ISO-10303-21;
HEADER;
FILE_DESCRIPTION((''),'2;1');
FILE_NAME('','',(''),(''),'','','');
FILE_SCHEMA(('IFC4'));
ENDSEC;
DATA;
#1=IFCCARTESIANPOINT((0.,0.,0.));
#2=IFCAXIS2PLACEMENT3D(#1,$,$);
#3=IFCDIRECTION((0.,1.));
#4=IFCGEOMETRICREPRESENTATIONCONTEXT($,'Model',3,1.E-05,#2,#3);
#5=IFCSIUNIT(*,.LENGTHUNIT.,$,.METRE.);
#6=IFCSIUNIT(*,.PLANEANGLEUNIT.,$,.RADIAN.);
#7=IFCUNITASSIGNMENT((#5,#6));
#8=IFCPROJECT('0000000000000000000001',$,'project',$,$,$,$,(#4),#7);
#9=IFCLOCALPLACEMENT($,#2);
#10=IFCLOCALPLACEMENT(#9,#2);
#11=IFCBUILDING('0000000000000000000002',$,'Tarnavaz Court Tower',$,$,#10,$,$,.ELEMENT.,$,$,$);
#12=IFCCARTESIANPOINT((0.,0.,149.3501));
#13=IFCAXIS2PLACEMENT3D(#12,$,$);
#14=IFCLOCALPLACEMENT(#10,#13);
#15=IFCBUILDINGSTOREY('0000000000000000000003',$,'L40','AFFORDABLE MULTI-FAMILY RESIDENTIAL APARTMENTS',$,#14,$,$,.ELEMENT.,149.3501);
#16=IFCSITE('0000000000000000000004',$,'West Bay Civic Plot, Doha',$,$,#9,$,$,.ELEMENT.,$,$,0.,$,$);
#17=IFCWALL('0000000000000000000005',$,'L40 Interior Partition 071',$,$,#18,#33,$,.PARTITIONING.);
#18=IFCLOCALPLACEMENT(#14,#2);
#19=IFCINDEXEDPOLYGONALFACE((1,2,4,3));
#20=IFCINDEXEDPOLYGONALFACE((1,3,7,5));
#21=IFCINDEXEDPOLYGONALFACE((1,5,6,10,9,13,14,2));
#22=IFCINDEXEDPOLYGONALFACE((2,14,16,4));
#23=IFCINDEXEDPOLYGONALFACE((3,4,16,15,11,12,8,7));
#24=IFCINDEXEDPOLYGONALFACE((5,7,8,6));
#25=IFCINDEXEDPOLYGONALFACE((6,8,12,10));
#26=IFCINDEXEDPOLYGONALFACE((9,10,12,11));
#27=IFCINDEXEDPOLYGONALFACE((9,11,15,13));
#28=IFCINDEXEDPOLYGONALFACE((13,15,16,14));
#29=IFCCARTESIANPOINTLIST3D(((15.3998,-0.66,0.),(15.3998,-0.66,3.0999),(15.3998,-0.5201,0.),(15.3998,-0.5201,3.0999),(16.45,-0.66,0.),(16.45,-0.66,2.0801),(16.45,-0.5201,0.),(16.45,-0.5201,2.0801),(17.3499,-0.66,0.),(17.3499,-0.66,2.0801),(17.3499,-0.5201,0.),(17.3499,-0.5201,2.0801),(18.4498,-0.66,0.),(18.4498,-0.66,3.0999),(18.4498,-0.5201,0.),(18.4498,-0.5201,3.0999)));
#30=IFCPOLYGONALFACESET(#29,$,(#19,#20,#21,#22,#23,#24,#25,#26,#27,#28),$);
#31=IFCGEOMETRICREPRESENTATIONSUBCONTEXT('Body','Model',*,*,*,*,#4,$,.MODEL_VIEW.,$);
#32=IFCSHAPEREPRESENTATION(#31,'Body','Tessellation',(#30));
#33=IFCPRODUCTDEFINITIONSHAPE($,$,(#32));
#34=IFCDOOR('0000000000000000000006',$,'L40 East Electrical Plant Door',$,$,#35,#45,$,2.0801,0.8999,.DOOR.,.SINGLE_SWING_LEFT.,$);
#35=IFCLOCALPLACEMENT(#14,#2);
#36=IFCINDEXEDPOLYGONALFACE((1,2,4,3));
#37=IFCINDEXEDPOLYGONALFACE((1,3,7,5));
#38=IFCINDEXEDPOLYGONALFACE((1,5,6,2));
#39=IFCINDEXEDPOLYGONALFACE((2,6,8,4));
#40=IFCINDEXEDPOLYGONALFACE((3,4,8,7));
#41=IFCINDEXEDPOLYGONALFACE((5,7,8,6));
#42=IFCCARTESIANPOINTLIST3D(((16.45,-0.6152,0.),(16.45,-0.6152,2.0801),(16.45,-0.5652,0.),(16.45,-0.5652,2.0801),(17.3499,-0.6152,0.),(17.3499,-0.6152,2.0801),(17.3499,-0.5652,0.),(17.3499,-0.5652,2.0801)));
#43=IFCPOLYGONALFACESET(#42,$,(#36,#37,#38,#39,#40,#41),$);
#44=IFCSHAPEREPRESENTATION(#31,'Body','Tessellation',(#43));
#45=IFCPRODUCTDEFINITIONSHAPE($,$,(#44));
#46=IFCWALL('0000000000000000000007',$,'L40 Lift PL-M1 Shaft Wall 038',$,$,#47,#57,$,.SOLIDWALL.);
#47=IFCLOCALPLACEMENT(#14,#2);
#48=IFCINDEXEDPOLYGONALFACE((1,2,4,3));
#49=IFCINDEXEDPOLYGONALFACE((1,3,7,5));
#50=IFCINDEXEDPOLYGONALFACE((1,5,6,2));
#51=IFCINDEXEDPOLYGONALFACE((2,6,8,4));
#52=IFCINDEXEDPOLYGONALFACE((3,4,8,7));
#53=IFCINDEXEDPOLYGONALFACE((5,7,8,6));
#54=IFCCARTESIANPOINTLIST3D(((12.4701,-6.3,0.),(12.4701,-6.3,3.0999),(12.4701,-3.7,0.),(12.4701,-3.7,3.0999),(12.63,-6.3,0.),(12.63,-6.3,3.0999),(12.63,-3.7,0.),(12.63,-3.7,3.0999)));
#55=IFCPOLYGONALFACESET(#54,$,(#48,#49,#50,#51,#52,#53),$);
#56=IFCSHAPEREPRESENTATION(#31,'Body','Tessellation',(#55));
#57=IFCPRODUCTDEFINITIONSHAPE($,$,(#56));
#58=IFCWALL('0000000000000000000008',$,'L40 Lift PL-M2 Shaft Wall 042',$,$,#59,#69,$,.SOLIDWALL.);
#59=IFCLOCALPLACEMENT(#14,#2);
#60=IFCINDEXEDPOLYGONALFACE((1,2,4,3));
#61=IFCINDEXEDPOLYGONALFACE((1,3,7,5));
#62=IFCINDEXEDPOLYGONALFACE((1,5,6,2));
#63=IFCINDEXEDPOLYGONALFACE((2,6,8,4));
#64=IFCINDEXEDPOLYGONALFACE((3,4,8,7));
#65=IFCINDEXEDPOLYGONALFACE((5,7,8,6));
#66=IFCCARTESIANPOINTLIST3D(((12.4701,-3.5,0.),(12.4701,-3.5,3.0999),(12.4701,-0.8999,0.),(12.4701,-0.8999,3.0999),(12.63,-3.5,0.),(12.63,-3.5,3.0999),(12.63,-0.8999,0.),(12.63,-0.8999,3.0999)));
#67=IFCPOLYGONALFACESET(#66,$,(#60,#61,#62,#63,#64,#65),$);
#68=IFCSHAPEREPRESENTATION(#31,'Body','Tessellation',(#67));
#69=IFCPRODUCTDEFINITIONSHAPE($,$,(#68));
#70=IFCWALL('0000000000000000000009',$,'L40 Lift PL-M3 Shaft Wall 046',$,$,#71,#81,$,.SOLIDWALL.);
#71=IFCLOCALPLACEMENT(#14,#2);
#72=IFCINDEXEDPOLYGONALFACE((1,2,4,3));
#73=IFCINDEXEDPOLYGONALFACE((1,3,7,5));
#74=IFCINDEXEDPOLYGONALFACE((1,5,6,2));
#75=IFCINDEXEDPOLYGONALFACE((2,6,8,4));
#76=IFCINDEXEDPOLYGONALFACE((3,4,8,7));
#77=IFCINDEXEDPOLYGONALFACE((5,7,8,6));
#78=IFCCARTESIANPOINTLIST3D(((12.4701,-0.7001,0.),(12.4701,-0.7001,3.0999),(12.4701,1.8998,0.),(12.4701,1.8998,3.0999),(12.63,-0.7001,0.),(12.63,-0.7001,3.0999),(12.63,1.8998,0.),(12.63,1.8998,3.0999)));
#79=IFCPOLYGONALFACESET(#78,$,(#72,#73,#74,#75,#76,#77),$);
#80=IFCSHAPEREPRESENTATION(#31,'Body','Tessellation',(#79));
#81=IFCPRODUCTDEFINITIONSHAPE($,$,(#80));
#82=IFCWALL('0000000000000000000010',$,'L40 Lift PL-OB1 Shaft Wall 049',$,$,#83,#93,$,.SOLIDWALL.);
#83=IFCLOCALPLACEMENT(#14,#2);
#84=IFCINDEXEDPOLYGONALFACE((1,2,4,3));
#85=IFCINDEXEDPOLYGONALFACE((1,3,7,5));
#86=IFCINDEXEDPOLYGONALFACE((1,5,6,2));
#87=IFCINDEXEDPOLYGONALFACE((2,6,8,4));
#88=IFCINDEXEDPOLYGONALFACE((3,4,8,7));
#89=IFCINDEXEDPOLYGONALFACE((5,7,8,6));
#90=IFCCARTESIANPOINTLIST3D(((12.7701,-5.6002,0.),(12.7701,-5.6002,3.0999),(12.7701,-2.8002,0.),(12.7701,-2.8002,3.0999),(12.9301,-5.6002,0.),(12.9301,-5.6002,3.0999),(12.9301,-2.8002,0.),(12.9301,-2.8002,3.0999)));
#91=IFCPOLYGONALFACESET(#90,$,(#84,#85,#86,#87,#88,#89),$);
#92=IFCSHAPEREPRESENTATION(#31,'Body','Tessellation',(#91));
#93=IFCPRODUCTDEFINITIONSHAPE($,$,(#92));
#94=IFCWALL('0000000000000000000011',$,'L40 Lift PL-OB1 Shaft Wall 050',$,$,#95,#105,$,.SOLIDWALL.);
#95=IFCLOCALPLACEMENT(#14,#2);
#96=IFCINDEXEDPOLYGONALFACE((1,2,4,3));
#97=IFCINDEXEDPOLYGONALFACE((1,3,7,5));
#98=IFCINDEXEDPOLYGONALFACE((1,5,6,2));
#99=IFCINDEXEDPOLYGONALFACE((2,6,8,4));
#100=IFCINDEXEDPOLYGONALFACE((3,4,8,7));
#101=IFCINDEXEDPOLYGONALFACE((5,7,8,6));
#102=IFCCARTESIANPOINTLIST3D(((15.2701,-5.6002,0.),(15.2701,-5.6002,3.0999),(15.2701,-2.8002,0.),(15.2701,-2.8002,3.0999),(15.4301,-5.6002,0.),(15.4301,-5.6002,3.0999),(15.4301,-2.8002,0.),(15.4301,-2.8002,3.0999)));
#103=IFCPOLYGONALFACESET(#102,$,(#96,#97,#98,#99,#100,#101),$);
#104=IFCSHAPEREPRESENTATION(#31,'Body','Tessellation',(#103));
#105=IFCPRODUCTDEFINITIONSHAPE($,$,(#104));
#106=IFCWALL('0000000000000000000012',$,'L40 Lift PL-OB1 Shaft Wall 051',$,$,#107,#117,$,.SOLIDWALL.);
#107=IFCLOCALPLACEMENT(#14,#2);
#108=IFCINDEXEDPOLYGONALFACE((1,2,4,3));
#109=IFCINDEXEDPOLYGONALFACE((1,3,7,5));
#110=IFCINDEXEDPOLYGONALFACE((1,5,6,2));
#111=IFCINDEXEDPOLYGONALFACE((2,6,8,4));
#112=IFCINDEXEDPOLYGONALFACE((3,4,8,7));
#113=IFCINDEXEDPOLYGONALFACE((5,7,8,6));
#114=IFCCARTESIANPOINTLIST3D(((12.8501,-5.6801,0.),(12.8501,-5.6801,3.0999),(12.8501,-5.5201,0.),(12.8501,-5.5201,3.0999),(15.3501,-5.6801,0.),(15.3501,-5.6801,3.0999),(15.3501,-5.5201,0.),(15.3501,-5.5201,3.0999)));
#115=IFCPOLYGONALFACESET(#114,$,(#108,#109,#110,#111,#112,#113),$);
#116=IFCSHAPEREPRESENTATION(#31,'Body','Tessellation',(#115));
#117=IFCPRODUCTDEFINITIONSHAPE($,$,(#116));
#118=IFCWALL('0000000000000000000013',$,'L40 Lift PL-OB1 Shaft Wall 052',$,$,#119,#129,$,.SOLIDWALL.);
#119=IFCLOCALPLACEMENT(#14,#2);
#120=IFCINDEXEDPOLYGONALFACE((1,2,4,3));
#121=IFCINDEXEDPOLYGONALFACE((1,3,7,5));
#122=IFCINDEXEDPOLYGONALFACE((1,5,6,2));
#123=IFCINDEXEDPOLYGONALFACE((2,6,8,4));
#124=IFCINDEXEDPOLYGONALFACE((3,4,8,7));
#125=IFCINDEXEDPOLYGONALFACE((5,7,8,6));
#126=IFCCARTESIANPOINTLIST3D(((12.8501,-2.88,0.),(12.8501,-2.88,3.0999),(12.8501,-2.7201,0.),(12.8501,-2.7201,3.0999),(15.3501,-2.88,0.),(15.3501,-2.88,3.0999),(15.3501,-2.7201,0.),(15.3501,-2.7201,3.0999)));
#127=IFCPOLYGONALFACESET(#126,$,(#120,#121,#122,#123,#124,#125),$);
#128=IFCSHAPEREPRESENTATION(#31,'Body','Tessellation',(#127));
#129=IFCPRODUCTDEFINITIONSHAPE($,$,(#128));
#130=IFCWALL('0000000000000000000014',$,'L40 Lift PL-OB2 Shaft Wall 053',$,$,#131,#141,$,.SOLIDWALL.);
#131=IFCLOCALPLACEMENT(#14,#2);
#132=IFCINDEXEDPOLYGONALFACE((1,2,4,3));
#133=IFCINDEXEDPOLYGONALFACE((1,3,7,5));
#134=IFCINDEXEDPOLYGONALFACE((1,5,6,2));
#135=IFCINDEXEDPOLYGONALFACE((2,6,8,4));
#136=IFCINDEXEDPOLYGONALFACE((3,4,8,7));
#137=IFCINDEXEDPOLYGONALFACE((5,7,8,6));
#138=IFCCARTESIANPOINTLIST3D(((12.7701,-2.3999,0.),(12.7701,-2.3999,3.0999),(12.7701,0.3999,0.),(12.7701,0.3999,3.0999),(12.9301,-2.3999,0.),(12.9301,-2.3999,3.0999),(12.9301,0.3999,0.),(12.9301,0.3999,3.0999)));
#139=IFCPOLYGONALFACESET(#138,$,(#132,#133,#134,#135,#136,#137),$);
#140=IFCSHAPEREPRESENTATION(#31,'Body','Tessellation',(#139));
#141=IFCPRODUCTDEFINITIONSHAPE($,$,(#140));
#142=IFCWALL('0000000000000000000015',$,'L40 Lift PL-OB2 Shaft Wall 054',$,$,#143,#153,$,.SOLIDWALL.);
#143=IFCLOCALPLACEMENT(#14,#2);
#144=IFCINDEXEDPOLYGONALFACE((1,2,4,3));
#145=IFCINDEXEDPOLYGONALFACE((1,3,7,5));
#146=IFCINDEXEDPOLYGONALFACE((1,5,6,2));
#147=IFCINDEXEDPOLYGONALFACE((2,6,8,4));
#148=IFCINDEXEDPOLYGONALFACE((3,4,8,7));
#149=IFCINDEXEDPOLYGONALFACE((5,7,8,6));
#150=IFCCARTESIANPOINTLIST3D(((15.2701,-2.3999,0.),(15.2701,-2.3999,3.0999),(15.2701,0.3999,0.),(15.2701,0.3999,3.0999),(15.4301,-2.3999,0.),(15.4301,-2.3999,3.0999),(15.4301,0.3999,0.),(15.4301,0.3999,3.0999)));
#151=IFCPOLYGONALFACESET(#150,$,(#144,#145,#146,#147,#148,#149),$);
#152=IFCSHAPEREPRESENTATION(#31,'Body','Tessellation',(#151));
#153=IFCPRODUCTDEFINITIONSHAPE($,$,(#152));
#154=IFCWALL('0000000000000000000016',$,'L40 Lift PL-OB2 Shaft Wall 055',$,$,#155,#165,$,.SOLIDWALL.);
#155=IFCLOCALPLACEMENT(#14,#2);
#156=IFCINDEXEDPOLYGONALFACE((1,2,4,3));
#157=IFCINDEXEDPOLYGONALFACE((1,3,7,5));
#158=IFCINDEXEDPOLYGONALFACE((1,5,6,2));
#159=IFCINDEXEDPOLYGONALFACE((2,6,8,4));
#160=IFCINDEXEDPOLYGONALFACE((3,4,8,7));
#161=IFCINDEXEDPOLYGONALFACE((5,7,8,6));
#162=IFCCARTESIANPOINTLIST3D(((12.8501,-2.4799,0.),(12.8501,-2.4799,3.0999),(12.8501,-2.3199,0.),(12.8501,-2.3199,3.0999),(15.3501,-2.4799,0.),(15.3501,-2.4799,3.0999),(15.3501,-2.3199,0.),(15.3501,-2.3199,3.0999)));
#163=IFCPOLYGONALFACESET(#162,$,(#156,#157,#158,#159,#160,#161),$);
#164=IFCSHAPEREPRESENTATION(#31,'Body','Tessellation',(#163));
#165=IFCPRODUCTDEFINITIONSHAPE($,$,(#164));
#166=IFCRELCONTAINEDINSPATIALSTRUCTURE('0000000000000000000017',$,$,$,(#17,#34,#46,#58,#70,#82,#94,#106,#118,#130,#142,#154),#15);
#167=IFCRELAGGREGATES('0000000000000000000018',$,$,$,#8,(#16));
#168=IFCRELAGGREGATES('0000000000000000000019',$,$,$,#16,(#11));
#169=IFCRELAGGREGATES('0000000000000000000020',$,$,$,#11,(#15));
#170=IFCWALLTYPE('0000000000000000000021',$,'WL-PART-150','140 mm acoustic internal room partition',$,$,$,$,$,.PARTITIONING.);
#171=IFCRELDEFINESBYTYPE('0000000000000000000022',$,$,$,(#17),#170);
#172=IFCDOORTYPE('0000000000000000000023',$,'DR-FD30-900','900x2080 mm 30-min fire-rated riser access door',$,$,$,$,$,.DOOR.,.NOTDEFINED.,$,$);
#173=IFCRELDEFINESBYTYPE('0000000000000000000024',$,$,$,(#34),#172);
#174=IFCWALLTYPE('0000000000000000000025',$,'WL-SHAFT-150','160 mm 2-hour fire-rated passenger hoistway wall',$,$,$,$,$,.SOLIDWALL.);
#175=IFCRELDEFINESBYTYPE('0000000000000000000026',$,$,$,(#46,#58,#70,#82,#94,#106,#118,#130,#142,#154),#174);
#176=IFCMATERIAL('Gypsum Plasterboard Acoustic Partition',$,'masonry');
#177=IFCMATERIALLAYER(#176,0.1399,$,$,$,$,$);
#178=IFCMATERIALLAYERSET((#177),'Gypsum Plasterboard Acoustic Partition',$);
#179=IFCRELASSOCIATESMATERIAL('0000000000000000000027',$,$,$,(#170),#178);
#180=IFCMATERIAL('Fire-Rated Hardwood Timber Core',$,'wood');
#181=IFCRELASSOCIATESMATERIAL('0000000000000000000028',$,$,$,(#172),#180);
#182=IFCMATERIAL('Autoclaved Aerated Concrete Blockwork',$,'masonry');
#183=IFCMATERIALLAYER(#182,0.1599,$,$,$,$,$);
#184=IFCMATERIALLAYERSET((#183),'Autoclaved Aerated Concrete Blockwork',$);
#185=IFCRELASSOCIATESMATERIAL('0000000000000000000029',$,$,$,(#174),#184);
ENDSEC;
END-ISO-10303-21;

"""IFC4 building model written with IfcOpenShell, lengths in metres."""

from ifc_helpers import new_model, si_unit, direction, frame, frame_2d, origin, place, context, subcontext, project, spatial, rectangle, extrude, material, layer, layer_set, type_object, element, fill, save


model = new_model("IFC4")

# Units and contexts
model_context = context("Model", 3, precision=1e-05, world=origin(), true_north=direction((0.0, 1.0)))
body_context = subcontext(model_context, "Body", "Model", "MODEL_VIEW")
ifc_project = project(units=[si_unit("LENGTHUNIT", "METRE"), si_unit("PLANEANGLEUNIT", "RADIAN")], contexts=[model_context])

# Site, building, storey
site_placement = place(None, origin())
site = spatial("IfcSite", under=ifc_project, at=site_placement, Name="West Bay Civic Plot, Doha", CompositionType="ELEMENT", RefElevation=0.0)
building_placement = place(site_placement, origin())
building = spatial("IfcBuilding", under=site, at=building_placement, Name="Tarnavaz Court Tower", CompositionType="ELEMENT")
storey_placement = place(building_placement, frame((0.0, 0.0, 149.3501)))
storey = spatial("IfcBuildingStorey", under=building, at=storey_placement, Name="L40", Description="AFFORDABLE MULTI-FAMILY RESIDENTIAL APARTMENTS", CompositionType="ELEMENT", Elevation=149.3501)

# Wall, opening, door
ifc_material_1 = material(Name="Gypsum Plasterboard Acoustic Partition", Category="masonry")
ifc_layer_1 = layer(ifc_material_1, 0.1399)
ifc_layer_set_1 = layer_set([ifc_layer_1], Name="Gypsum Plasterboard Acoustic Partition")
wall_type_1 = type_object("IfcWallType", Name="WL-PART-150", Description="140 mm acoustic internal room partition", PredefinedType="PARTITIONING", material=ifc_layer_set_1)
ifc_material_2 = material(Name="Fire-Rated Hardwood Timber Core", Category="wood")
door_type = type_object("IfcDoorType", Name="DR-FD30-900", Description="900x2080 mm 30-min fire-rated riser access door", OperationType="NOTDEFINED", PredefinedType="DOOR", material=ifc_material_2)
wall_1_placement = place(storey_placement, frame((15.3999, -0.5901, 0.0), z_axis=(0.0, 0.0, 1.0), x_axis=(1.0, 0.0, 0.0)))
wall_1 = element("IfcWall", 1, at=wall_1_placement, inside=storey, type_object=wall_type_1, Name="L40 Interior Partition 071", PredefinedType="PARTITIONING", context=body_context, shape_type="SweptSolid", body=[
    extrude(rectangle(XDim=3.05, YDim=0.1399, at=frame_2d((1.5249, 0.0))), origin(), (0.0, 0.0, 1.0), 3.0999),
])
opening_1_placement = place(wall_1_placement, frame((1.05, 0.0, 0.0)))
opening_1 = element("IfcOpeningElement", 2, at=opening_1_placement, cuts=wall_1, PredefinedType="OPENING", context=body_context, shape_type="SweptSolid", body=[
    extrude(rectangle(XDim=0.8999, YDim=2.0801, at=frame_2d((0.45, 1.04))), frame((0.0, 0.0798, 0.0), z_axis=(0.0, -1.0, 0.0), x_axis=(1.0, 0.0, 0.0)), (0.0, 0.0, 1.0), 0.1599),
])
door_1_placement = place(opening_1_placement, origin())
door_1 = element("IfcDoor", 3, at=door_1_placement, inside=storey, type_object=door_type, Name="L40 East Electrical Plant Door", OperationType="SINGLE_SWING_LEFT", OverallHeight=2.0801, OverallWidth=0.8999, PredefinedType="DOOR", context=body_context, shape_type="SweptSolid", body=[
    extrude(rectangle(XDim=0.8999, YDim=2.0801, at=frame_2d((0.45, 1.04))), frame((0.0, 0.0249, 0.0), z_axis=(0.0, -1.0, 0.0), x_axis=(1.0, 0.0, 0.0)), (0.0, 0.0, 1.0), 0.05),
])
fill(opening_1, door_1)

# Walls
ifc_material_3 = material(Name="Autoclaved Aerated Concrete Blockwork", Category="masonry")
ifc_layer_2 = layer(ifc_material_3, 0.1599)
ifc_layer_set_2 = layer_set([ifc_layer_2], Name="Autoclaved Aerated Concrete Blockwork")
wall_type_2 = type_object("IfcWallType", Name="WL-SHAFT-150", Description="160 mm 2-hour fire-rated passenger hoistway wall", PredefinedType="SOLIDWALL", material=ifc_layer_set_2)
for number, where, z_axis, x_axis, name in (
    (4, (12.55, -6.3, 0.0), (0.0, 0.0, 1.0), (0.0, 1.0, 0.0), "L40 Lift PL-M1 Shaft Wall 038"),
    (5, (12.55, -3.5, 0.0), (0.0, 0.0, 1.0), (0.0, 1.0, 0.0), "L40 Lift PL-M2 Shaft Wall 042"),
):
    element("IfcWall", number, at=place(storey_placement, frame(where, z_axis=z_axis, x_axis=x_axis)), inside=storey, type_object=wall_type_2, Name=name, PredefinedType="SOLIDWALL", context=body_context, shape_type="SweptSolid", body=[
        extrude(rectangle(XDim=2.6001, YDim=0.1599, at=frame_2d((1.3, 0.0))), origin(), (0.0, 0.0, 1.0), 3.0999),
    ])
wall_2_placement = place(storey_placement, frame((12.55, -0.7, 0.0), z_axis=(0.0, 0.0, 1.0), x_axis=(0.0, 1.0, 0.0)))
element("IfcWall", 6, at=wall_2_placement, inside=storey, type_object=wall_type_2, Name="L40 Lift PL-M3 Shaft Wall 046", PredefinedType="SOLIDWALL", context=body_context, shape_type="SweptSolid", body=[
    extrude(rectangle(XDim=2.5999, YDim=0.1599, at=frame_2d((1.2998, 0.0))), origin(), (0.0, 0.0, 1.0), 3.0999),
])
for number, where, z_axis, x_axis, name in (
    (7, (12.8501, -5.6001, 0.0), (0.0, 0.0, 1.0), (0.0, 1.0, 0.0), "L40 Lift PL-OB1 Shaft Wall 049"),
    (8, (15.3501, -5.6001, 0.0), (0.0, 0.0, 1.0), (0.0, 1.0, 0.0), "L40 Lift PL-OB1 Shaft Wall 050"),
):
    element("IfcWall", number, at=place(storey_placement, frame(where, z_axis=z_axis, x_axis=x_axis)), inside=storey, type_object=wall_type_2, Name=name, PredefinedType="SOLIDWALL", context=body_context, shape_type="SweptSolid", body=[
        extrude(rectangle(XDim=2.8, YDim=0.1599, at=frame_2d((1.3999, 0.0))), origin(), (0.0, 0.0, 1.0), 3.0999),
    ])
for number, where, z_axis, x_axis, name in (
    (9, (12.8501, -5.6001, 0.0), (0.0, 0.0, 1.0), (1.0, 0.0, 0.0), "L40 Lift PL-OB1 Shaft Wall 051"),
    (10, (12.8501, -2.8, 0.0), (0.0, 0.0, 1.0), (1.0, 0.0, 0.0), "L40 Lift PL-OB1 Shaft Wall 052"),
):
    element("IfcWall", number, at=place(storey_placement, frame(where, z_axis=z_axis, x_axis=x_axis)), inside=storey, type_object=wall_type_2, Name=name, PredefinedType="SOLIDWALL", context=body_context, shape_type="SweptSolid", body=[
        extrude(rectangle(XDim=2.5, YDim=0.1599, at=frame_2d((1.25, 0.0))), origin(), (0.0, 0.0, 1.0), 3.0999),
    ])
for number, where, z_axis, x_axis, name in (
    (11, (12.8501, -2.3999, 0.0), (0.0, 0.0, 1.0), (0.0, 1.0, 0.0), "L40 Lift PL-OB2 Shaft Wall 053"),
    (12, (15.3501, -2.3999, 0.0), (0.0, 0.0, 1.0), (0.0, 1.0, 0.0), "L40 Lift PL-OB2 Shaft Wall 054"),
):
    element("IfcWall", number, at=place(storey_placement, frame(where, z_axis=z_axis, x_axis=x_axis)), inside=storey, type_object=wall_type_2, Name=name, PredefinedType="SOLIDWALL", context=body_context, shape_type="SweptSolid", body=[
        extrude(rectangle(XDim=2.7998, YDim=0.1599, at=frame_2d((1.3999, 0.0))), origin(), (0.0, 0.0, 1.0), 3.0999),
    ])
wall_3_placement = place(storey_placement, frame((12.8501, -2.3999, 0.0), z_axis=(0.0, 0.0, 1.0), x_axis=(1.0, 0.0, 0.0)))
element("IfcWall", 13, at=wall_3_placement, inside=storey, type_object=wall_type_2, Name="L40 Lift PL-OB2 Shaft Wall 055", PredefinedType="SOLIDWALL", context=body_context, shape_type="SweptSolid", body=[
    extrude(rectangle(XDim=2.5, YDim=0.1599, at=frame_2d((1.25, 0.0))), origin(), (0.0, 0.0, 1.0), 3.0999),
])

save(model, "model.ifc")
